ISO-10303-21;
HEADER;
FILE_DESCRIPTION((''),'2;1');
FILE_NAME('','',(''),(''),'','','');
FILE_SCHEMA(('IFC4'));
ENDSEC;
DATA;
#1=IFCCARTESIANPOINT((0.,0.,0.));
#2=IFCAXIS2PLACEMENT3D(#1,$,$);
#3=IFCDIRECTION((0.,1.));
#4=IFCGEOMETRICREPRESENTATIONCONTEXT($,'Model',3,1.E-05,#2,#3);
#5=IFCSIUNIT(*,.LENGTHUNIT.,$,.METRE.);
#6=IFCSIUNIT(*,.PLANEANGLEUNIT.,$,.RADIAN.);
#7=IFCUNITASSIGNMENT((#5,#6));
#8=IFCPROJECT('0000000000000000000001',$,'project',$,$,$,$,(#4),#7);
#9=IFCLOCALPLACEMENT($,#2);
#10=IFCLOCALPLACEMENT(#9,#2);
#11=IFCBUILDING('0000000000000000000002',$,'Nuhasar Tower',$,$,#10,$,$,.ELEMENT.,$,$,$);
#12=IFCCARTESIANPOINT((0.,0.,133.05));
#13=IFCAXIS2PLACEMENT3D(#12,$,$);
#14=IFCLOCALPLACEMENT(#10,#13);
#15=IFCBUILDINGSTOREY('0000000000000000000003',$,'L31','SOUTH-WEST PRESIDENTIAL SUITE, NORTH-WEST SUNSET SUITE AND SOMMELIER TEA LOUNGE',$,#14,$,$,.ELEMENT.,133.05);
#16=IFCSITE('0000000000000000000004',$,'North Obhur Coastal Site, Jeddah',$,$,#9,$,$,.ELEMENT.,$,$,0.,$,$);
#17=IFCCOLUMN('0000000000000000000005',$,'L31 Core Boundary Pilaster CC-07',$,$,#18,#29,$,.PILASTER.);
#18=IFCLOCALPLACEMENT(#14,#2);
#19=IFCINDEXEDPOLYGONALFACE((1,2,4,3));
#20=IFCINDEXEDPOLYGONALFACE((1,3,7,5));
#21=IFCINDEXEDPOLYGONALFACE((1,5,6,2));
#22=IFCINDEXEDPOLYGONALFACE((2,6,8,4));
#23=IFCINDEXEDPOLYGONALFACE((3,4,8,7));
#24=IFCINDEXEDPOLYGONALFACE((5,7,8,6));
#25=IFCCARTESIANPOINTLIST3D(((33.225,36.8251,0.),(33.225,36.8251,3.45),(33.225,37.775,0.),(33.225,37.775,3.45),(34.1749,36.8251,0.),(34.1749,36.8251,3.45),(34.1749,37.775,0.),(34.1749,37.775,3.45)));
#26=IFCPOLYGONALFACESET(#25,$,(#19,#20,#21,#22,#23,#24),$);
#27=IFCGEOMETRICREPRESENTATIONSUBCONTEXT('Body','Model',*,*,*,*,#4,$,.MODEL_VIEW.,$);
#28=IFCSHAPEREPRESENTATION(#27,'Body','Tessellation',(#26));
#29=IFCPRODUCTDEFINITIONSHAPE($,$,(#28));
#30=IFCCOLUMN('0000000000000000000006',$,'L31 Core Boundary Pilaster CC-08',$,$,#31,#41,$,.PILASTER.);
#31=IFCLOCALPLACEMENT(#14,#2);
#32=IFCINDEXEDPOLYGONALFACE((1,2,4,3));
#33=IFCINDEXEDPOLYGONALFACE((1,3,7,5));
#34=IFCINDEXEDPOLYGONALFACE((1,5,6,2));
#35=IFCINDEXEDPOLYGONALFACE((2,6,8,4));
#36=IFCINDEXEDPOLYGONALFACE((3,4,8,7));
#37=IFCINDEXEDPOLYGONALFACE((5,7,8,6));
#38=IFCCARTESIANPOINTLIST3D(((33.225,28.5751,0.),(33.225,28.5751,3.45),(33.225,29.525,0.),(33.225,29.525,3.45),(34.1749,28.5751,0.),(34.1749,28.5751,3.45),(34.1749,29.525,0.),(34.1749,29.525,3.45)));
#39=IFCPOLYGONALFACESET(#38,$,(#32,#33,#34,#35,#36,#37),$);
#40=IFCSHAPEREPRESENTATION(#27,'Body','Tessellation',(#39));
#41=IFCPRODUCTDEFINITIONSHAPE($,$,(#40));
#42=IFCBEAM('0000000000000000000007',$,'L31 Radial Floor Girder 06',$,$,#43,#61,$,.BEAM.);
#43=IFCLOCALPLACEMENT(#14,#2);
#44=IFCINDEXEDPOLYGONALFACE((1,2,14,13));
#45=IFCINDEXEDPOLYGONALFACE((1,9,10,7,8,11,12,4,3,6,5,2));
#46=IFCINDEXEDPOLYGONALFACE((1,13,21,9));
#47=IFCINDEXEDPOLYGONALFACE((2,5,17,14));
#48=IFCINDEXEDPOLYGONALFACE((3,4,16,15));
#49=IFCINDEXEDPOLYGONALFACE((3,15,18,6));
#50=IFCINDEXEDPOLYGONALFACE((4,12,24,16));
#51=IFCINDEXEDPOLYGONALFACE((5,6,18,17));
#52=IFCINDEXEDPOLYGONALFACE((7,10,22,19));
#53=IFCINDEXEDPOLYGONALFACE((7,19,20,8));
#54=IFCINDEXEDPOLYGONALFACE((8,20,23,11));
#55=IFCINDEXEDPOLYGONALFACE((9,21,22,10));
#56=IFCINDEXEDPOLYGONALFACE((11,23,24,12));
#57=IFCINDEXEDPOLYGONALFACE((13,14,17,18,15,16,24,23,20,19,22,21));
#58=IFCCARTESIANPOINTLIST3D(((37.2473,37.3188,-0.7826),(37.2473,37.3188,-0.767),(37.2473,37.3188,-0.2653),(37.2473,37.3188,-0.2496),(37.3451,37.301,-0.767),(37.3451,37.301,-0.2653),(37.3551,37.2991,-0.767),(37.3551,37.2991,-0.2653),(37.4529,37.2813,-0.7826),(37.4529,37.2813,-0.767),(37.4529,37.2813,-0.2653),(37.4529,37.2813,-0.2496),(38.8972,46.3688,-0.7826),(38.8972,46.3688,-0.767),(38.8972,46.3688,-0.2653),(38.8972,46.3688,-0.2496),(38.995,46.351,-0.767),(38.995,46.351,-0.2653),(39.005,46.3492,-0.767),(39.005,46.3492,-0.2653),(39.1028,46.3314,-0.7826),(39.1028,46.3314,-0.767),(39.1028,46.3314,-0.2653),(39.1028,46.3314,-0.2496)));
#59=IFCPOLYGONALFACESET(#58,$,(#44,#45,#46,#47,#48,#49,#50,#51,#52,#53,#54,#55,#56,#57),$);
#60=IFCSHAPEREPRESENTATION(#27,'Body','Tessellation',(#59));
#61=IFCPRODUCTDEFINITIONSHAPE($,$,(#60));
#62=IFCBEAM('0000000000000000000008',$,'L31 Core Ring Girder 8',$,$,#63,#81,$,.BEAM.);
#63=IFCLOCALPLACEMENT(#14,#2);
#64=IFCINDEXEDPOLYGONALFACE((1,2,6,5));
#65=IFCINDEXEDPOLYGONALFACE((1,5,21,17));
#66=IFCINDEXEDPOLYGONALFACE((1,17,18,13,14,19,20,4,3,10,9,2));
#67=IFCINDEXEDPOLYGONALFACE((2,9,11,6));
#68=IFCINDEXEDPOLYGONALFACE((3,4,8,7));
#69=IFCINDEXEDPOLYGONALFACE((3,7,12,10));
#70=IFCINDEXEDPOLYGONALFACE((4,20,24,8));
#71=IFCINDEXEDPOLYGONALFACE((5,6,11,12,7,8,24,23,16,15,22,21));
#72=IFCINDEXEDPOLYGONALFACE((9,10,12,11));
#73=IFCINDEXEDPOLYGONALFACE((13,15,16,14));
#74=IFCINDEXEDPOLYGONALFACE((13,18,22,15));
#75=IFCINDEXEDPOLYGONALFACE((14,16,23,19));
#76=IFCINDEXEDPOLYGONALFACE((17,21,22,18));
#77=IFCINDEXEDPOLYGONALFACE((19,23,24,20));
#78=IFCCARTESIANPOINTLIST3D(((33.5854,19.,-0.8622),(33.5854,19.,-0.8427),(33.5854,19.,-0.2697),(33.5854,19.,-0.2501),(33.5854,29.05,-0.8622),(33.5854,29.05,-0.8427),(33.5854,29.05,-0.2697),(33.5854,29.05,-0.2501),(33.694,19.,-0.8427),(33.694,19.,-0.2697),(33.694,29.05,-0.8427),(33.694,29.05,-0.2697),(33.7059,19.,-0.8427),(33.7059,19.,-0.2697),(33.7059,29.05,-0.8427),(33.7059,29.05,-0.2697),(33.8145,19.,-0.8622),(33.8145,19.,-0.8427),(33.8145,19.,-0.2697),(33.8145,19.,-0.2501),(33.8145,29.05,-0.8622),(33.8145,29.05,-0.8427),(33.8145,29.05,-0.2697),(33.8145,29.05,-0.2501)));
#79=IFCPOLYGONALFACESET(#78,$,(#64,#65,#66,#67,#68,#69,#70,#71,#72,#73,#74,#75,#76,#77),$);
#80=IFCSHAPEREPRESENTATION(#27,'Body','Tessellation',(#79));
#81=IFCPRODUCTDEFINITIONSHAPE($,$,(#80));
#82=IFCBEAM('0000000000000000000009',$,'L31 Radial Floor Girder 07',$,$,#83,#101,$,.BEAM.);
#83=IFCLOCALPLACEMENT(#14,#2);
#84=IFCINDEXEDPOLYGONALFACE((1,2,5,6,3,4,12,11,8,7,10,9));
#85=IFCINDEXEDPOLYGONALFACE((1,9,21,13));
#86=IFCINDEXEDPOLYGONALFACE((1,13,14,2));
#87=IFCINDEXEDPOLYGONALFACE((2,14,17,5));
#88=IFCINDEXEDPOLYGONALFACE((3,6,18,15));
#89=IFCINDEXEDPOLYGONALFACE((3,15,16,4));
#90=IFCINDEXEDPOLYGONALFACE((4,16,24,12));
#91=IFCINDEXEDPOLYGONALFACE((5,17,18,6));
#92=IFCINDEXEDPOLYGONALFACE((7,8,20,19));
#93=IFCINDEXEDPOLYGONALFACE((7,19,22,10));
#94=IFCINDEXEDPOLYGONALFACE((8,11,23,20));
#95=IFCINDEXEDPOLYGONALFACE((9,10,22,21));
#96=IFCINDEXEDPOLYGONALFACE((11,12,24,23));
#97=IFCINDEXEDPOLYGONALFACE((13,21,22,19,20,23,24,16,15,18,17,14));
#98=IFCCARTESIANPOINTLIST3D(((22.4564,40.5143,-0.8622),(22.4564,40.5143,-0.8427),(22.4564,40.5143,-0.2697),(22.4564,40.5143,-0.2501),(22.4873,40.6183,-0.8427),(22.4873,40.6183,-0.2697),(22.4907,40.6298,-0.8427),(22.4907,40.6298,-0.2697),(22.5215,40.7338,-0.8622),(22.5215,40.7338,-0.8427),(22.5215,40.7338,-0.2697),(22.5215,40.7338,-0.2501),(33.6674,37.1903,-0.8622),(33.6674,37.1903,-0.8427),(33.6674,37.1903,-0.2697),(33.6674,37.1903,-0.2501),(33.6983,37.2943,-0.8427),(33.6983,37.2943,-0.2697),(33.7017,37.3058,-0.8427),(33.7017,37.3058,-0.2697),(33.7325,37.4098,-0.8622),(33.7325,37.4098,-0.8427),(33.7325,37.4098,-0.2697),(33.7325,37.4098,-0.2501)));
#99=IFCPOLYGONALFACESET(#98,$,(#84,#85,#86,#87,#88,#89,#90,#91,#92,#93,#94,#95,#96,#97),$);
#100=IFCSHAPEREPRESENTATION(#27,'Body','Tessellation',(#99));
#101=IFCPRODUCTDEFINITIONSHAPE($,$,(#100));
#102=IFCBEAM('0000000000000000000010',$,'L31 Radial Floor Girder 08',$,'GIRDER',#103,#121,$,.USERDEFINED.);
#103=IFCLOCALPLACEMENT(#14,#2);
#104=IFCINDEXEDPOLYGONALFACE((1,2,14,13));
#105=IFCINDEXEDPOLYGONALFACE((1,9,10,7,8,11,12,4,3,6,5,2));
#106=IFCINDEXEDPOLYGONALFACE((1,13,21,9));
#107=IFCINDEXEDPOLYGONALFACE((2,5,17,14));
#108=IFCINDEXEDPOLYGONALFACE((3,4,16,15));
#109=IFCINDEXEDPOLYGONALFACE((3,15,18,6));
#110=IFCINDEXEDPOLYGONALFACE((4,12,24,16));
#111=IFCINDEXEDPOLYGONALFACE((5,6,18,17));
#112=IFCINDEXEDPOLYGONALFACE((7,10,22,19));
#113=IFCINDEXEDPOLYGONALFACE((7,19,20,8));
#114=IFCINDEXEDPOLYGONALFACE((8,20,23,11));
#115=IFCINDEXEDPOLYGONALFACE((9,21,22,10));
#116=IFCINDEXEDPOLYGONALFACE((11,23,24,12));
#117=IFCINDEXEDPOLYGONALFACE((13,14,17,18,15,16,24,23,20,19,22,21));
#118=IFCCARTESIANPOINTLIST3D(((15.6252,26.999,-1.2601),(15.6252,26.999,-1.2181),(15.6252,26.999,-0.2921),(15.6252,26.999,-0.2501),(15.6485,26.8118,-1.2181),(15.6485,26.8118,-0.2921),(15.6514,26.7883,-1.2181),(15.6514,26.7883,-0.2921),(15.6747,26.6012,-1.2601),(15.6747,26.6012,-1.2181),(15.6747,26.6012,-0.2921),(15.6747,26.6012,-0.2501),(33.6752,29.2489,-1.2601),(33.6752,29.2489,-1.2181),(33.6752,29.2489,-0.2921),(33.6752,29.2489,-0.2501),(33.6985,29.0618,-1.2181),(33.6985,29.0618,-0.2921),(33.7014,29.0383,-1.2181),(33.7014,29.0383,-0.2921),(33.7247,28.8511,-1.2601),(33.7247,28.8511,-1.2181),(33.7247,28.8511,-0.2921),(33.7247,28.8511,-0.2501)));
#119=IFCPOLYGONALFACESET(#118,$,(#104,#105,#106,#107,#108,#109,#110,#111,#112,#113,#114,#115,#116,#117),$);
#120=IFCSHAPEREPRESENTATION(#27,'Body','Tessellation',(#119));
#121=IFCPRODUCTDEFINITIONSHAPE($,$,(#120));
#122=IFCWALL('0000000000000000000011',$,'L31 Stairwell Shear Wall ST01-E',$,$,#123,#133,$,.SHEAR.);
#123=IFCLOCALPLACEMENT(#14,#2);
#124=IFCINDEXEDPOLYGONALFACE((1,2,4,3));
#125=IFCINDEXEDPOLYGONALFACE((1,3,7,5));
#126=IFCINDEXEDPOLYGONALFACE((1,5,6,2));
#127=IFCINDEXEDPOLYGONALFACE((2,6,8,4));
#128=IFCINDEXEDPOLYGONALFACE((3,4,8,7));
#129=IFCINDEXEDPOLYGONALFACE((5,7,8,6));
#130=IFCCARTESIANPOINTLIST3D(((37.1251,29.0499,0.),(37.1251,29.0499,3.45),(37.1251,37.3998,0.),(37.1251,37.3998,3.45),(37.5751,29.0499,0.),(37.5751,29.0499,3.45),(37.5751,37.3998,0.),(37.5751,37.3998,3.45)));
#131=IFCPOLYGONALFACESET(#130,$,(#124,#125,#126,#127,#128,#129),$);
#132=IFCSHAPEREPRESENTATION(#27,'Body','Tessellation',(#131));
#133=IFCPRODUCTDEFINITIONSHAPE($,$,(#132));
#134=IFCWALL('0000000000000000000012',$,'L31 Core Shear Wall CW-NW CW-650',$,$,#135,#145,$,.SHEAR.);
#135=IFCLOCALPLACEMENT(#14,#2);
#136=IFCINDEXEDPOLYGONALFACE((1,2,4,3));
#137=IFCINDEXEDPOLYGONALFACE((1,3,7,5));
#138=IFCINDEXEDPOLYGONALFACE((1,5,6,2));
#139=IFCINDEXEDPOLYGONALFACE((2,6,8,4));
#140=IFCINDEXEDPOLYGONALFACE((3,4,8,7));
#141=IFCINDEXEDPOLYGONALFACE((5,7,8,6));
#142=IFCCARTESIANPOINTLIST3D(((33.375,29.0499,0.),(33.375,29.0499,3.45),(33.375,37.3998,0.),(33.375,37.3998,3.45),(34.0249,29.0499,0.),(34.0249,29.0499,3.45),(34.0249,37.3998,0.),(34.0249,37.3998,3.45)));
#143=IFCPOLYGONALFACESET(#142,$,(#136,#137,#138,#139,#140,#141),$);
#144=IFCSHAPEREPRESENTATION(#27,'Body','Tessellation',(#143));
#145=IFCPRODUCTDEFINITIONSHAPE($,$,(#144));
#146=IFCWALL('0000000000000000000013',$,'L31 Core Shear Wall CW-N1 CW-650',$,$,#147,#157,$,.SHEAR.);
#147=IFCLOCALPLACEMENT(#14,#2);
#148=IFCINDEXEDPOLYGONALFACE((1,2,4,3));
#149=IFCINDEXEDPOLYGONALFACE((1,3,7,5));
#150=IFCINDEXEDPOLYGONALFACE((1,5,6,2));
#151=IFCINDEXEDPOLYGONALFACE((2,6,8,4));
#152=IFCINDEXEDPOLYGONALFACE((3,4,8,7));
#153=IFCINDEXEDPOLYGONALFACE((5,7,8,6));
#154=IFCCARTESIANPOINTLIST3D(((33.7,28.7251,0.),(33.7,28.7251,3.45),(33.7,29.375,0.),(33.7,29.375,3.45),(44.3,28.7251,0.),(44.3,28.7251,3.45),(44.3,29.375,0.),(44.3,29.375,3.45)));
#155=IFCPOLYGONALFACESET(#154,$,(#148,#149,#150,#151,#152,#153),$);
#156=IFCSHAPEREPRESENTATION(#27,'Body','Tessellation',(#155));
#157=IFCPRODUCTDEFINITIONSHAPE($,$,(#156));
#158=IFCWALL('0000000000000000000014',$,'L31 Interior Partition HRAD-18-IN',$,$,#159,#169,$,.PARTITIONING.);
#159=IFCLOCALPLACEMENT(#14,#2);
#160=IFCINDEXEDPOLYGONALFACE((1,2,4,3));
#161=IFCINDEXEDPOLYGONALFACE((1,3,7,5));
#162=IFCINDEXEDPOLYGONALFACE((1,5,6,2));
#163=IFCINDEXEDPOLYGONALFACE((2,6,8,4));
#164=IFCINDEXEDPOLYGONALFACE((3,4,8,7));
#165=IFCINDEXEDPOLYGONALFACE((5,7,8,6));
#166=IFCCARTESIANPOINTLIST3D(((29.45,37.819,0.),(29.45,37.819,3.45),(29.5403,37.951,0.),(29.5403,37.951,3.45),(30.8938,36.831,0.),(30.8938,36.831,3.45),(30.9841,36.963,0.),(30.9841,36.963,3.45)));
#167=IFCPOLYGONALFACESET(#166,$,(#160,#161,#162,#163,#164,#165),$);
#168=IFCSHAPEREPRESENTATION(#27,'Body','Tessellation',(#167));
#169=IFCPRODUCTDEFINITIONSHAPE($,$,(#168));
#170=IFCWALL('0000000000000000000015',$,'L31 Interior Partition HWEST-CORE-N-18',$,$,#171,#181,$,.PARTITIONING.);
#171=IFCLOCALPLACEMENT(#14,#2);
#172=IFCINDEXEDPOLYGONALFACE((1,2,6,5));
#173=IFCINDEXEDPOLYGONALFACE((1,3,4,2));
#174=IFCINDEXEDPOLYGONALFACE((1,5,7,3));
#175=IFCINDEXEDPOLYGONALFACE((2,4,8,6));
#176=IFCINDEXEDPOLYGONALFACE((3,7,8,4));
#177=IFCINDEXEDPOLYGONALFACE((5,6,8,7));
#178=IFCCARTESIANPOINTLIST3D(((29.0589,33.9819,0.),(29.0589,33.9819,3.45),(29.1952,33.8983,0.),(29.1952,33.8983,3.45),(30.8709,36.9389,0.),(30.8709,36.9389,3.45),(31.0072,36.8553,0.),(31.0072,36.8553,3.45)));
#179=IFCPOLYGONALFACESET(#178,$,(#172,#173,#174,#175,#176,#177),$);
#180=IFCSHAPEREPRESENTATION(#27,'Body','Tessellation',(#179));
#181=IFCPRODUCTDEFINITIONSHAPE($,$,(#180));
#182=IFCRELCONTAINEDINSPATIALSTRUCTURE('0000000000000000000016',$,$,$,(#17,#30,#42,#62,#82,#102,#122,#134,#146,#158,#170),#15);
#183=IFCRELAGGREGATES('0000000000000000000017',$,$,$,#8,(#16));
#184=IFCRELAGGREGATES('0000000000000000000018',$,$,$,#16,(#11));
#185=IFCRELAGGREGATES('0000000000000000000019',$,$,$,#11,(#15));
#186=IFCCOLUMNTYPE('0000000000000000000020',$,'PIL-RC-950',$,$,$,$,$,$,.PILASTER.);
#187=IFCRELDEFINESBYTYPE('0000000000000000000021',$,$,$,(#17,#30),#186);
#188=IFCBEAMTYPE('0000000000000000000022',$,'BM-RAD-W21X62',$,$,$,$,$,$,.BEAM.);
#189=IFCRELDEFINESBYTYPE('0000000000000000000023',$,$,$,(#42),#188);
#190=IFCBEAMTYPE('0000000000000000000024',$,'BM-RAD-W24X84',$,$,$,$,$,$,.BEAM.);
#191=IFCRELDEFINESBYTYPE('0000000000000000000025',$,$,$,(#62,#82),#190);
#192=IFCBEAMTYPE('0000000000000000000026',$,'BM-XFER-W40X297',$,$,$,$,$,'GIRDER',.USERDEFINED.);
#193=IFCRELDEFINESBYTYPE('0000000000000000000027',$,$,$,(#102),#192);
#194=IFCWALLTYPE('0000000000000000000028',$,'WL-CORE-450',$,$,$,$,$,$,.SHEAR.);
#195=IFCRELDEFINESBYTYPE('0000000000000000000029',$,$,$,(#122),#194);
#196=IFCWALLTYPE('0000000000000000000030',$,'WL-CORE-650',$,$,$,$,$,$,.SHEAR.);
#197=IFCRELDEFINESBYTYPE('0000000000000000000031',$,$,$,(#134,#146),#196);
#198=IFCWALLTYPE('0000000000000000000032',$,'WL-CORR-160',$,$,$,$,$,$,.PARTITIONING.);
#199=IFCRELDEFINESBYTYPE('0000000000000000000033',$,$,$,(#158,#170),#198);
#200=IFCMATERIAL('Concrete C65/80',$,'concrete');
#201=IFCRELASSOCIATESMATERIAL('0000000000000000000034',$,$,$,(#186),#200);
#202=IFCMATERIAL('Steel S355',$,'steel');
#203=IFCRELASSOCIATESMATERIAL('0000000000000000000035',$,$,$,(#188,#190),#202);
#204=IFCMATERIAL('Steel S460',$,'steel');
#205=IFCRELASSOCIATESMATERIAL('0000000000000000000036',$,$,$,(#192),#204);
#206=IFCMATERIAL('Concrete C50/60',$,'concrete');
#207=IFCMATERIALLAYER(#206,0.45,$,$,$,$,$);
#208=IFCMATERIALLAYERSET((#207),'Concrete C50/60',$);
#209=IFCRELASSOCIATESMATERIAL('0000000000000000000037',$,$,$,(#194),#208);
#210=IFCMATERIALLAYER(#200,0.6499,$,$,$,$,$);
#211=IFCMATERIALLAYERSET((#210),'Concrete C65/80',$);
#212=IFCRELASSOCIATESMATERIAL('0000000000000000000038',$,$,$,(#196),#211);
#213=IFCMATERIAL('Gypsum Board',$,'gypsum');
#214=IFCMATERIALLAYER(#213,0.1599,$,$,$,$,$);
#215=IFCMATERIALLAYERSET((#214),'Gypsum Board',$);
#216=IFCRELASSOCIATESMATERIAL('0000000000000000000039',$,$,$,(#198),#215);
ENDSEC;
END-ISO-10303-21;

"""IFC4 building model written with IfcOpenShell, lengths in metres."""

from ifc_helpers import new_model, si_unit, direction, frame, frame_2d, origin, origin_2d, place, context, subcontext, project, spatial, rectangle, i_section, extrude, material, layer, layer_set, material_profile, profile_set, type_object, element, save


model = new_model("IFC4")

# Units and contexts
model_context = context("Model", 3, precision=1e-05, world=origin(), true_north=direction((0.0, 1.0)))
body_context = subcontext(model_context, "Body", "Model", "MODEL_VIEW")
ifc_project = project(units=[si_unit("LENGTHUNIT", "METRE"), si_unit("PLANEANGLEUNIT", "RADIAN")], contexts=[model_context])

# Site, building, storey
site_placement = place(None, origin())
site = spatial("IfcSite", under=ifc_project, at=site_placement, Name="North Obhur Coastal Site, Jeddah", CompositionType="ELEMENT", RefElevation=0.0)
building_placement = place(site_placement, origin())
building = spatial("IfcBuilding", under=site, at=building_placement, Name="Nuhasar Tower", CompositionType="ELEMENT")
storey_placement = place(building_placement, frame((0.0, 0.0, 133.05)))
storey = spatial("IfcBuildingStorey", under=building, at=storey_placement, Name="L31", Description="SOUTH-WEST PRESIDENTIAL SUITE, NORTH-WEST SUNSET SUITE AND SOMMELIER TEA LOUNGE", CompositionType="ELEMENT", Elevation=133.05)

# Columns
ifc_material_1 = material(Name="Concrete C65/80", Category="concrete")
ifc_material_profile_1 = material_profile(ifc_material_1, rectangle(XDim=0.95, YDim=0.95, at=origin_2d()), Name="RC950X950")
ifc_profile_set_1 = profile_set([ifc_material_profile_1], Name="Concrete C65/80")
column_type = type_object("IfcColumnType", Name="PIL-RC-950", PredefinedType="PILASTER", material=ifc_profile_set_1)
for number, where, z_axis, x_axis, name in (
    (1, (33.7, 37.3, 0.0), (0.0, 0.0, 1.0), (1.0, 0.0, 0.0), "L31 Core Boundary Pilaster CC-07"),
    (2, (33.7, 29.05, 0.0), (0.0, 0.0, 1.0), (1.0, 0.0, 0.0), "L31 Core Boundary Pilaster CC-08"),
):
    element("IfcColumn", number, at=place(storey_placement, frame(where, z_axis=z_axis, x_axis=x_axis)), inside=storey, type_object=column_type, Name=name, PredefinedType="PILASTER", context=body_context, shape_type="SweptSolid", body=[
        extrude(rectangle(XDim=0.95, YDim=0.95, at=origin_2d()), origin(), (0.0, 0.0, 1.0), 3.45),
    ])

# Beams
ifc_material_2 = material(Name="Steel S355", Category="steel")
ifc_material_profile_2 = material_profile(ifc_material_2, i_section(OverallWidth=0.209, OverallDepth=0.533, WebThickness=0.0103, FlangeThickness=0.0156, at=origin_2d()), Name="W21X62")
ifc_profile_set_2 = profile_set([ifc_material_profile_2], Name="Steel S355")
beam_type_1 = type_object("IfcBeamType", Name="BM-RAD-W21X62", PredefinedType="BEAM", material=ifc_profile_set_2)
beam_1_placement = place(storey_placement, frame((37.3501, 37.3, -0.5161), z_axis=(0.179353, 0.983785, 0.0), x_axis=(-0.983785, 0.179353, 0.0)))
element("IfcBeam", 3, at=beam_1_placement, inside=storey, type_object=beam_type_1, Name="L31 Radial Floor Girder 06", PredefinedType="BEAM", context=body_context, shape_type="SweptSolid", body=[
    extrude(i_section(OverallWidth=0.209, OverallDepth=0.533, WebThickness=0.0103, FlangeThickness=0.0156, at=origin_2d()), origin(), (0.0, 0.0, 1.0), 9.1992),
])
ifc_material_profile_3 = material_profile(ifc_material_2, i_section(OverallWidth=0.229, OverallDepth=0.6121, WebThickness=0.012, FlangeThickness=0.0195, at=origin_2d()), Name="W24X84")
ifc_profile_set_3 = profile_set([ifc_material_profile_3], Name="Steel S355")
beam_type_2 = type_object("IfcBeamType", Name="BM-RAD-W24X84", PredefinedType="BEAM", material=ifc_profile_set_3)
beam_2_placement = place(storey_placement, frame((33.7, 29.05, -0.5562), z_axis=(0.0, -1.0, 0.0), x_axis=(1.0, 0.0, 0.0)))
element("IfcBeam", 4, at=beam_2_placement, inside=storey, type_object=beam_type_2, Name="L31 Core Ring Girder 8", PredefinedType="BEAM", context=body_context, shape_type="SweptSolid", body=[
    extrude(i_section(OverallWidth=0.229, OverallDepth=0.6121, WebThickness=0.012, FlangeThickness=0.0195, at=origin_2d()), origin(), (0.0, 0.0, 1.0), 10.05),
])
beam_3_placement = place(storey_placement, frame((33.7, 37.3, -0.5562), z_axis=(-0.958746, 0.284262, 0.0), x_axis=(-0.284262, -0.958746, 0.0)))
element("IfcBeam", 5, at=beam_3_placement, inside=storey, type_object=beam_type_2, Name="L31 Radial Floor Girder 07", PredefinedType="BEAM", context=body_context, shape_type="SweptSolid", body=[
    extrude(i_section(OverallWidth=0.229, OverallDepth=0.6121, WebThickness=0.012, FlangeThickness=0.0195, at=origin_2d()), origin(), (0.0, 0.0, 1.0), 11.6934),
])
ifc_material_3 = material(Name="Steel S460", Category="steel")
ifc_material_profile_4 = material_profile(ifc_material_3, i_section(OverallWidth=0.4009, OverallDepth=1.01, WebThickness=0.0237, FlangeThickness=0.042, at=origin_2d()), Name="W40X297")
ifc_profile_set_4 = profile_set([ifc_material_profile_4], Name="Steel S460")
beam_type_3 = type_object("IfcBeamType", Name="BM-XFER-W40X297", ElementType="GIRDER", PredefinedType="USERDEFINED", material=ifc_profile_set_4)
beam_4_placement = place(storey_placement, frame((33.7, 29.05, -0.7551), z_axis=(-0.99232, -0.123696, 0.0), x_axis=(0.123696, -0.99232, 0.0)))
element("IfcBeam", 6, at=beam_4_placement, inside=storey, type_object=beam_type_3, Name="L31 Radial Floor Girder 08", ObjectType="GIRDER", PredefinedType="USERDEFINED", context=body_context, shape_type="SweptSolid", body=[
    extrude(i_section(OverallWidth=0.4009, OverallDepth=1.01, WebThickness=0.0237, FlangeThickness=0.042, at=origin_2d()), origin(), (0.0, 0.0, 1.0), 18.1897),
])

# Walls
ifc_material_4 = material(Name="Concrete C50/60", Category="concrete")
ifc_layer_1 = layer(ifc_material_4, 0.45)
ifc_layer_set_1 = layer_set([ifc_layer_1], Name="Concrete C50/60")
wall_type_1 = type_object("IfcWallType", Name="WL-CORE-450", PredefinedType="SHEAR", material=ifc_layer_set_1)
wall_1_placement = place(storey_placement, frame((37.3501, 29.05, 0.0), z_axis=(0.0, 0.0, 1.0), x_axis=(0.0, 1.0, 0.0)))
element("IfcWall", 7, at=wall_1_placement, inside=storey, type_object=wall_type_1, Name="L31 Stairwell Shear Wall ST01-E", PredefinedType="SHEAR", context=body_context, shape_type="SweptSolid", body=[
    extrude(rectangle(XDim=8.3499, YDim=0.45, at=frame_2d((4.1748, 0.0))), origin(), (0.0, 0.0, 1.0), 3.45),
])
ifc_layer_2 = layer(ifc_material_1, 0.6499)
ifc_layer_set_2 = layer_set([ifc_layer_2], Name="Concrete C65/80")
wall_type_2 = type_object("IfcWallType", Name="WL-CORE-650", PredefinedType="SHEAR", material=ifc_layer_set_2)
wall_2_placement = place(storey_placement, frame((33.7, 29.05, 0.0), z_axis=(0.0, 0.0, 1.0), x_axis=(0.0, 1.0, 0.0)))
element("IfcWall", 8, at=wall_2_placement, inside=storey, type_object=wall_type_2, Name="L31 Core Shear Wall CW-NW CW-650", PredefinedType="SHEAR", context=body_context, shape_type="SweptSolid", body=[
    extrude(rectangle(XDim=8.3499, YDim=0.6499, at=frame_2d((4.1748, 0.0))), origin(), (0.0, 0.0, 1.0), 3.45),
])
wall_3_placement = place(storey_placement, frame((33.7, 29.05, 0.0), z_axis=(0.0, 0.0, 1.0), x_axis=(1.0, 0.0, 0.0)))
element("IfcWall", 9, at=wall_3_placement, inside=storey, type_object=wall_type_2, Name="L31 Core Shear Wall CW-N1 CW-650", PredefinedType="SHEAR", context=body_context, shape_type="SweptSolid", body=[
    extrude(rectangle(XDim=10.6001, YDim=0.6499, at=frame_2d((5.3, 0.0))), origin(), (0.0, 0.0, 1.0), 3.45),
])
ifc_material_5 = material(Name="Gypsum Board", Category="gypsum")
ifc_layer_3 = layer(ifc_material_5, 0.1599)
ifc_layer_set_3 = layer_set([ifc_layer_3], Name="Gypsum Board")
wall_type_3 = type_object("IfcWallType", Name="WL-CORR-160", PredefinedType="PARTITIONING", material=ifc_layer_set_3)
wall_4_placement = place(storey_placement, frame((30.939, 36.897, 0.0), z_axis=(0.0, 0.0, 1.0), x_axis=(-0.82527, 0.564739, 0.0)))
element("IfcWall", 10, at=wall_4_placement, inside=storey, type_object=wall_type_3, Name="L31 Interior Partition HRAD-18-IN", PredefinedType="PARTITIONING", context=body_context, shape_type="SweptSolid", body=[
    extrude(rectangle(XDim=1.7495, YDim=0.1599, at=frame_2d((0.8748, 0.0))), origin(), (0.0, 0.0, 1.0), 3.45),
])
wall_5_placement = place(storey_placement, frame((30.939, 36.897, 0.0), z_axis=(0.0, 0.0, 1.0), x_axis=(-0.522486, -0.852648, 0.0)))
element("IfcWall", 11, at=wall_5_placement, inside=storey, type_object=wall_type_3, Name="L31 Interior Partition HWEST-CORE-N-18", PredefinedType="PARTITIONING", context=body_context, shape_type="SweptSolid", body=[
    extrude(rectangle(XDim=3.468, YDim=0.1599, at=frame_2d((1.7339, 0.0))), origin(), (0.0, 0.0, 1.0), 3.45),
])

save(model, "model.ifc")
